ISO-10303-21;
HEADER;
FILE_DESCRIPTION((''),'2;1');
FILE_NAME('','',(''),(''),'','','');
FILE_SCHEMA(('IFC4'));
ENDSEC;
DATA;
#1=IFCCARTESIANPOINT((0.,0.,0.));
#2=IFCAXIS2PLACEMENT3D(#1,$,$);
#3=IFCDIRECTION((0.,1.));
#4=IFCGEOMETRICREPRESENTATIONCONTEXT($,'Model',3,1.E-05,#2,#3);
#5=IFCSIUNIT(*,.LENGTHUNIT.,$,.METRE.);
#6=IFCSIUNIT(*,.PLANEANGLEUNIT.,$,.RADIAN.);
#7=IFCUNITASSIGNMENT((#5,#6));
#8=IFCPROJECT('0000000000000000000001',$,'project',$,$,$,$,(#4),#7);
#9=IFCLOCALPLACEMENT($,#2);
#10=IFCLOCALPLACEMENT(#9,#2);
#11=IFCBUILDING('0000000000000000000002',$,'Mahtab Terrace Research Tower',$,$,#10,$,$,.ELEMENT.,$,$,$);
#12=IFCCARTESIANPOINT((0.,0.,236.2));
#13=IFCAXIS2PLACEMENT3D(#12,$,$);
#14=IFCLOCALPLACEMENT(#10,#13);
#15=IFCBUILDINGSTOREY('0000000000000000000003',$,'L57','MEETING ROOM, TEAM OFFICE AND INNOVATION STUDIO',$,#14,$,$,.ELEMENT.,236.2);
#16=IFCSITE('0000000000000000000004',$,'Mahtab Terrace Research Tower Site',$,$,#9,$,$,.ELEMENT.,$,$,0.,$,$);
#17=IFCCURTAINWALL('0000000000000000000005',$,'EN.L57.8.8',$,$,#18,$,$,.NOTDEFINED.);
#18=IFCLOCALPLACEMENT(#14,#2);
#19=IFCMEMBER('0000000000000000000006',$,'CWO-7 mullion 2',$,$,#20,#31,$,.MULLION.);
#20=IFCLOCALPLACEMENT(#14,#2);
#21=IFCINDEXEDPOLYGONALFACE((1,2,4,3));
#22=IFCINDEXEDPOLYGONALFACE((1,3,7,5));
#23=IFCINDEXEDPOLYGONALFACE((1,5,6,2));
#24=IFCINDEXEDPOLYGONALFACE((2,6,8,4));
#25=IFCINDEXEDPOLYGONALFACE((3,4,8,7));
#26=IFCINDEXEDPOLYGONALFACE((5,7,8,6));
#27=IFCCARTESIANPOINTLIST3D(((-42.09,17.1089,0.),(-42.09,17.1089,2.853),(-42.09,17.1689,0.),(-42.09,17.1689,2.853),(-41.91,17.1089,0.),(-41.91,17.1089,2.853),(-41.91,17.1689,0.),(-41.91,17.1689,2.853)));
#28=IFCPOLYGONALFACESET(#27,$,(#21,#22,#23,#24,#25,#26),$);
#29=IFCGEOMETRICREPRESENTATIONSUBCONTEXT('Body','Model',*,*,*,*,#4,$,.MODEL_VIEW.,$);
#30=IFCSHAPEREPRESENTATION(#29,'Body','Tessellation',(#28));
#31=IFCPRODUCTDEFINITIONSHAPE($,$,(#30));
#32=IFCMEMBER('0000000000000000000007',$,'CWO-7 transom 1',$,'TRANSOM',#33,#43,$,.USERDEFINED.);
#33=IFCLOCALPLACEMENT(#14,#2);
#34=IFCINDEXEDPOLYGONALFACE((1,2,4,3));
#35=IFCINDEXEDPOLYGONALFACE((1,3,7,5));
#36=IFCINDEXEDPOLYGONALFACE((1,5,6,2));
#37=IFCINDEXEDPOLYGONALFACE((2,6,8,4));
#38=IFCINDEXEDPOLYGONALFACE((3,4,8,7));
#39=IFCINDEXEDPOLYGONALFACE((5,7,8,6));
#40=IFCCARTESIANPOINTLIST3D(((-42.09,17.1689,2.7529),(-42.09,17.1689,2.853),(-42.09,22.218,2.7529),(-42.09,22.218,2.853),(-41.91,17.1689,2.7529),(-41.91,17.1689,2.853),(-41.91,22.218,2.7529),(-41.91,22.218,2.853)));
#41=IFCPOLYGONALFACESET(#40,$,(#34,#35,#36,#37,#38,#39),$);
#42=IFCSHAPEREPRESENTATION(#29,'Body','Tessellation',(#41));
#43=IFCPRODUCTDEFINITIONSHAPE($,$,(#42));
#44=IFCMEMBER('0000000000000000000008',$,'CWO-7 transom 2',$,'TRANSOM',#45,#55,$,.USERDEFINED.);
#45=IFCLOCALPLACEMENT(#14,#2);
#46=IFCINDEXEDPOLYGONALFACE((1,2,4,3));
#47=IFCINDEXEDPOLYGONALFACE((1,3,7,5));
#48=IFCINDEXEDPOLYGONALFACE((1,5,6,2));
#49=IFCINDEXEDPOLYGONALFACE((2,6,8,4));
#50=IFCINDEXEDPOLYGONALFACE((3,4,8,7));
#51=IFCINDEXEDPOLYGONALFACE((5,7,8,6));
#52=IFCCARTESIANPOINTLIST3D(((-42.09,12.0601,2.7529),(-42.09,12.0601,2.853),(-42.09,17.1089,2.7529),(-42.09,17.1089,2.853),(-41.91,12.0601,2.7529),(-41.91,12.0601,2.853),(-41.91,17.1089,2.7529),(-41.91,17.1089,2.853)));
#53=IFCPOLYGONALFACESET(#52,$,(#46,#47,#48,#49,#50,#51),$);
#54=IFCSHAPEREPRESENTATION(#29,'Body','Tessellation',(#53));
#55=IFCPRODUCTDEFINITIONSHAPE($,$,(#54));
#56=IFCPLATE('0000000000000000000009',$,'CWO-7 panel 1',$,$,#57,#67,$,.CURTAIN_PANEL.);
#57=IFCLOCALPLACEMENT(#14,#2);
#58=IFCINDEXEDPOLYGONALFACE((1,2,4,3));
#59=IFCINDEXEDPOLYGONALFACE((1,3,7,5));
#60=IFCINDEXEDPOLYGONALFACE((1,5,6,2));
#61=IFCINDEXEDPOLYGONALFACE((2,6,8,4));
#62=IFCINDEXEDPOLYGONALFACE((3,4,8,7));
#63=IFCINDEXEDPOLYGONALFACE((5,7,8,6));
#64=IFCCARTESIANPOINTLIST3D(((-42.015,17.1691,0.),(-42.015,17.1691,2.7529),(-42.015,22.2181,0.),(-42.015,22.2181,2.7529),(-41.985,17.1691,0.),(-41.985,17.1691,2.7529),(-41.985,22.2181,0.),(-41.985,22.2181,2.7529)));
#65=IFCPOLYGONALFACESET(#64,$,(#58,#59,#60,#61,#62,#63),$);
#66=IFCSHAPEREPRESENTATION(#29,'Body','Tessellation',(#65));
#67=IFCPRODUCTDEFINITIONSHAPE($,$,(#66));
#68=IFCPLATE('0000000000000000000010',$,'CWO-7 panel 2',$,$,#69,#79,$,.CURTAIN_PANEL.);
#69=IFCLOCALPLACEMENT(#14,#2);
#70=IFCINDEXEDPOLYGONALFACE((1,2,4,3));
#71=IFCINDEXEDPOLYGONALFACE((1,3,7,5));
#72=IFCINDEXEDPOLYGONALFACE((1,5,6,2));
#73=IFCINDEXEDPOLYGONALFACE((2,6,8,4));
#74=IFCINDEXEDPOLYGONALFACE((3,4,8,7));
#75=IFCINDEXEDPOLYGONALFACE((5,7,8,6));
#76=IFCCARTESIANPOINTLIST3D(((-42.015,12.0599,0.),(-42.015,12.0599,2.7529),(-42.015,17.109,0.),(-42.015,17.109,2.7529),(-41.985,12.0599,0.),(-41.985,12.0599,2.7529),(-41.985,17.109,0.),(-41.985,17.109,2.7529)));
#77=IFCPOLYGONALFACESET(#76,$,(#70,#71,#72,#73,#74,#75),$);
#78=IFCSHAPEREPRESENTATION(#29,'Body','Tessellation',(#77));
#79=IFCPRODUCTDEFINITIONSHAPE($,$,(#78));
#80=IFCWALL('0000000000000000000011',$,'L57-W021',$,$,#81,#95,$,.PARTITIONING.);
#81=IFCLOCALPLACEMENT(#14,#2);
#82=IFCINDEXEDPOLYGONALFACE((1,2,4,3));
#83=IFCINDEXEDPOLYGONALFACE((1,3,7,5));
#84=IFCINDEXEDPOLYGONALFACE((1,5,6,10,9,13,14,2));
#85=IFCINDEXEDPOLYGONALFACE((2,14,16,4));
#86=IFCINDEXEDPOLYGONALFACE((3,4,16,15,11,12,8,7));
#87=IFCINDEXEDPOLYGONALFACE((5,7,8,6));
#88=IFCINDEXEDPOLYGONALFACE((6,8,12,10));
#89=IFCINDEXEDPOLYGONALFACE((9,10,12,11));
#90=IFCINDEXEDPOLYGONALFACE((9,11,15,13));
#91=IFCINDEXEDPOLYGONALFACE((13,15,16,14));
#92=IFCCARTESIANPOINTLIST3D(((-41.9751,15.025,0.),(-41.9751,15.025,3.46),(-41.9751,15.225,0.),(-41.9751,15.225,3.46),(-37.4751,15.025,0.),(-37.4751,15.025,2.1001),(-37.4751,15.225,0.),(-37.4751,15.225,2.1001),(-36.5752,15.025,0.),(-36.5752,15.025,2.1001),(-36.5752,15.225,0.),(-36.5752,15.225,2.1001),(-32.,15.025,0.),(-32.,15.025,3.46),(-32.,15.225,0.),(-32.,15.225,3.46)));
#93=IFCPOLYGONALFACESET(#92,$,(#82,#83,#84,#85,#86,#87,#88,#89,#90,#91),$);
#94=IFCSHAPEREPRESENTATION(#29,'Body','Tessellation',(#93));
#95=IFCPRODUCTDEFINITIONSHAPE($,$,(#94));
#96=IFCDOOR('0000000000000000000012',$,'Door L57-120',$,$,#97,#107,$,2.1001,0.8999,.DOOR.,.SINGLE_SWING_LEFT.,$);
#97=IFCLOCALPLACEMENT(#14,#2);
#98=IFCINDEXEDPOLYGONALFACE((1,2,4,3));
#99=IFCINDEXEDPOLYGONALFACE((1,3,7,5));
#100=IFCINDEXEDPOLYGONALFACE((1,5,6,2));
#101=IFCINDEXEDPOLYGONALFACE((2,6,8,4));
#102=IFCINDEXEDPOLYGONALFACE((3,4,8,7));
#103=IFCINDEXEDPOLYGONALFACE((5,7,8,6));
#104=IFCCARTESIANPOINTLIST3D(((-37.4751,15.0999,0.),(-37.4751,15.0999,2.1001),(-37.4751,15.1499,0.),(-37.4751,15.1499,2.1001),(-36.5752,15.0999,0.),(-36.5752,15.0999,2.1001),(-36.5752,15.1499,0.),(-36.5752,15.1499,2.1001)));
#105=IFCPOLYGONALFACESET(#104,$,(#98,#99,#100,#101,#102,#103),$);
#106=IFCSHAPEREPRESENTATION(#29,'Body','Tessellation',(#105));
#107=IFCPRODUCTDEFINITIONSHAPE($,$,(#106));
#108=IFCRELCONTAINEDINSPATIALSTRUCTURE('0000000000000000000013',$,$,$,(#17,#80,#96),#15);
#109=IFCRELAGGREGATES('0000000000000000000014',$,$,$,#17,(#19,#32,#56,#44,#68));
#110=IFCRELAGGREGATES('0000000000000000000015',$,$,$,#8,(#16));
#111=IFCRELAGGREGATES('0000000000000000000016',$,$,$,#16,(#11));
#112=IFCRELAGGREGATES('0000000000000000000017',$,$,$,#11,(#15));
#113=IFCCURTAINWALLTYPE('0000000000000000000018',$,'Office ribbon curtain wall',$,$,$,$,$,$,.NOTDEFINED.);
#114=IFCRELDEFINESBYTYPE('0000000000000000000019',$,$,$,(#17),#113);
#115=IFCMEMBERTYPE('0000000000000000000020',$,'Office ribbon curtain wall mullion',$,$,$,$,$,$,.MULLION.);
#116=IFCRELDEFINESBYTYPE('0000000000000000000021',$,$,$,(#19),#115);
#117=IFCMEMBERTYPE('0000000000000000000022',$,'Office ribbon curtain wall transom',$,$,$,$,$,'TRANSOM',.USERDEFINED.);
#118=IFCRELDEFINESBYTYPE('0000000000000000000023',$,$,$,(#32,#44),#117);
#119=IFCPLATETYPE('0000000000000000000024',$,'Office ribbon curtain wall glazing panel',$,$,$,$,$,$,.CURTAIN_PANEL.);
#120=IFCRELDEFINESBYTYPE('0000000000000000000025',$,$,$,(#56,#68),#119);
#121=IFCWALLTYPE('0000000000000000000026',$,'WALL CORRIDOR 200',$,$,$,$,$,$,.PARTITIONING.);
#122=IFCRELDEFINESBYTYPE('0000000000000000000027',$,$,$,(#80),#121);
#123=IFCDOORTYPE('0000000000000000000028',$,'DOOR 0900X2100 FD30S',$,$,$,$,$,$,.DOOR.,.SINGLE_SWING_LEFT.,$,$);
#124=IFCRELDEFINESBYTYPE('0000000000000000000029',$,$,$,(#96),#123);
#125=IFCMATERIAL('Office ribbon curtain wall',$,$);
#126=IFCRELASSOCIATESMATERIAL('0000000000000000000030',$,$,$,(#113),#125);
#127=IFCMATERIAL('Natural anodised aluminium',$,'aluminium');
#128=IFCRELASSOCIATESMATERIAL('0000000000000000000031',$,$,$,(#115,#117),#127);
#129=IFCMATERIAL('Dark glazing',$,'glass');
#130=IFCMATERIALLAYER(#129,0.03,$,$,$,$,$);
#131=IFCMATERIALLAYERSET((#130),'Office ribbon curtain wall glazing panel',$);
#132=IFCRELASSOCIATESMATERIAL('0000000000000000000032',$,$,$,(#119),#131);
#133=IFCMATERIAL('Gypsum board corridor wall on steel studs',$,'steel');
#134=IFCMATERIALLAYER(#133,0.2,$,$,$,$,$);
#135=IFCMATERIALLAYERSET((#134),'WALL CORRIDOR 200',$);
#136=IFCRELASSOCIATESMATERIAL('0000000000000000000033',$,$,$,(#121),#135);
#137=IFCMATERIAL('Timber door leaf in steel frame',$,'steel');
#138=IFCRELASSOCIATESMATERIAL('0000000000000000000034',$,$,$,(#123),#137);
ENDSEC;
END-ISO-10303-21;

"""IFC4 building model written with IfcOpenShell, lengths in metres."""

from ifc_helpers import new_model, si_unit, direction, frame, frame_2d, origin, origin_2d, place, context, subcontext, project, spatial, rectangle, extrude, material, layer, layer_set, material_profile, profile_set, type_object, element, fill, aggregate, save


model = new_model("IFC4")

# Units and contexts
model_context = context("Model", 3, precision=1e-05, world=origin(), true_north=direction((0.0, 1.0)))
body_context = subcontext(model_context, "Body", "Model", "MODEL_VIEW")
ifc_project = project(units=[si_unit("LENGTHUNIT", "METRE"), si_unit("PLANEANGLEUNIT", "RADIAN")], contexts=[model_context])

# Site, building, storey
site_placement = place(None, origin())
site = spatial("IfcSite", under=ifc_project, at=site_placement, Name="Mahtab Terrace Research Tower Site", CompositionType="ELEMENT", RefElevation=0.0)
building_placement = place(site_placement, origin())
building = spatial("IfcBuilding", under=site, at=building_placement, Name="Mahtab Terrace Research Tower", CompositionType="ELEMENT")
storey_placement = place(building_placement, frame((0.0, 0.0, 236.2)))
storey = spatial("IfcBuildingStorey", under=building, at=storey_placement, Name="L57", Description="MEETING ROOM, TEAM OFFICE AND INNOVATION STUDIO", CompositionType="ELEMENT", Elevation=236.2)

# Curtain wall, members, plates
ifc_material_1 = material(Name="Office ribbon curtain wall")
curtain_wall_type = type_object("IfcCurtainWallType", Name="Office ribbon curtain wall", PredefinedType="NOTDEFINED", material=ifc_material_1)
curtain_wall_placement = place(storey_placement, origin())
curtain_wall = element("IfcCurtainWall", 1, at=curtain_wall_placement, inside=storey, type_object=curtain_wall_type, Name="EN.L57.8.8", PredefinedType="NOTDEFINED")
ifc_material_2 = material(Name="Natural anodised aluminium", Category="aluminium")
ifc_material_profile_1 = material_profile(ifc_material_2, rectangle(XDim=0.1799, YDim=0.0601, at=origin_2d()), Name="MULLION 60x180")
ifc_profile_set_1 = profile_set([ifc_material_profile_1], Name="Natural anodised aluminium")
member_type_1 = type_object("IfcMemberType", Name="Office ribbon curtain wall mullion", PredefinedType="MULLION", material=ifc_profile_set_1)
member_1_placement = place(storey_placement, frame((-42.0, 17.1389, 0.0), z_axis=(0.0, 0.0, 1.0), x_axis=(1.0, 0.0, 0.0)))
member_1 = element("IfcMember", 2, at=member_1_placement, type_object=member_type_1, Name="CWO-7 mullion 2", PredefinedType="MULLION", context=body_context, shape_type="SweptSolid", body=[
    extrude(rectangle(XDim=0.1799, YDim=0.0601, at=origin_2d()), origin(), (0.0, 0.0, 1.0), 2.853),
])
ifc_material_profile_2 = material_profile(ifc_material_2, rectangle(XDim=0.1799, YDim=0.1001, at=origin_2d()), Name="TRANSOM 100x180")
ifc_profile_set_2 = profile_set([ifc_material_profile_2], Name="Natural anodised aluminium")
member_type_2 = type_object("IfcMemberType", Name="Office ribbon curtain wall transom", ElementType="TRANSOM", PredefinedType="USERDEFINED", material=ifc_profile_set_2)
member_2_placement = place(storey_placement, frame((-42.0, 22.218, 2.803), z_axis=(0.0, -1.0, 0.0), x_axis=(1.0, 0.0, 0.0)))
member_2 = element("IfcMember", 3, at=member_2_placement, type_object=member_type_2, Name="CWO-7 transom 1", ObjectType="TRANSOM", PredefinedType="USERDEFINED", context=body_context, shape_type="SweptSolid", body=[
    extrude(rectangle(XDim=0.1799, YDim=0.1001, at=origin_2d()), origin(), (0.0, 0.0, 1.0), 5.0491),
])
member_3_placement = place(storey_placement, frame((-42.0, 17.1089, 2.803), z_axis=(0.0, -1.0, 0.0), x_axis=(1.0, 0.0, 0.0)))
member_3 = element("IfcMember", 4, at=member_3_placement, type_object=member_type_2, Name="CWO-7 transom 2", ObjectType="TRANSOM", PredefinedType="USERDEFINED", context=body_context, shape_type="SweptSolid", body=[
    extrude(rectangle(XDim=0.1799, YDim=0.1001, at=origin_2d()), origin(), (0.0, 0.0, 1.0), 5.0488),
])
ifc_material_3 = material(Name="Dark glazing", Category="glass")
ifc_layer_1 = layer(ifc_material_3, 0.03)
ifc_layer_set_1 = layer_set([ifc_layer_1], Name="Office ribbon curtain wall glazing panel")
plate_type = type_object("IfcPlateType", Name="Office ribbon curtain wall glazing panel", PredefinedType="CURTAIN_PANEL", material=ifc_layer_set_1)
plate_1_placement = place(storey_placement, frame((-42.0, 19.6936, 0.0), z_axis=(0.0, 0.0, 1.0), x_axis=(0.0, -1.0, 0.0)))
plate_1 = element("IfcPlate", 5, at=plate_1_placement, type_object=plate_type, Name="CWO-7 panel 1", PredefinedType="CURTAIN_PANEL", context=body_context, shape_type="SweptSolid", body=[
    extrude(rectangle(XDim=5.0491, YDim=0.03, at=origin_2d()), origin(), (0.0, 0.0, 1.0), 2.7529),
])
plate_2_placement = place(storey_placement, frame((-42.0, 14.5845, 0.0), z_axis=(0.0, 0.0, 1.0), x_axis=(0.0, -1.0, 0.0)))
plate_2 = element("IfcPlate", 6, at=plate_2_placement, type_object=plate_type, Name="CWO-7 panel 2", PredefinedType="CURTAIN_PANEL", context=body_context, shape_type="SweptSolid", body=[
    extrude(rectangle(XDim=5.0491, YDim=0.03, at=origin_2d()), origin(), (0.0, 0.0, 1.0), 2.7529),
])
aggregate(curtain_wall, [member_1, member_2, plate_1, member_3, plate_2])

# Wall, opening, door
ifc_material_4 = material(Name="Gypsum board corridor wall on steel studs", Category="steel")
ifc_layer_2 = layer(ifc_material_4, 0.2)
ifc_layer_set_2 = layer_set([ifc_layer_2], Name="WALL CORRIDOR 200")
wall_type = type_object("IfcWallType", Name="WALL CORRIDOR 200", PredefinedType="PARTITIONING", material=ifc_layer_set_2)
wall_1_placement = place(storey_placement, frame((-41.9751, 15.125, 0.0), z_axis=(0.0, 0.0, 1.0), x_axis=(1.0, 0.0, 0.0)))
wall_1 = element("IfcWall", 7, at=wall_1_placement, inside=storey, type_object=wall_type, Name="L57-W021", PredefinedType="PARTITIONING", context=body_context, shape_type="SweptSolid", body=[
    extrude(rectangle(XDim=9.9751, YDim=0.2, at=frame_2d((4.9875, 0.0))), origin(), (0.0, 0.0, 1.0), 3.46),
])
opening_1_placement = place(wall_1_placement, frame((4.5, 0.0, 0.0)))
opening_1 = element("IfcOpeningElement", 8, at=opening_1_placement, cuts=wall_1, PredefinedType="OPENING", context=body_context, shape_type="SweptSolid", body=[
    extrude(rectangle(XDim=0.8999, YDim=2.1001, at=frame_2d((0.45, 1.05))), frame((0.0, 0.1099, 0.0), z_axis=(0.0, -1.0, 0.0), x_axis=(1.0, 0.0, 0.0)), (0.0, 0.0, 1.0), 0.22),
])
ifc_material_5 = material(Name="Timber door leaf in steel frame", Category="steel")
door_type_1 = type_object("IfcDoorType", Name="DOOR 0900X2100 FD30S", OperationType="SINGLE_SWING_LEFT", PredefinedType="DOOR", material=ifc_material_5)
door_1_placement = place(opening_1_placement, origin())
door_1 = element("IfcDoor", 9, at=door_1_placement, inside=storey, type_object=door_type_1, Name="Door L57-120", OperationType="SINGLE_SWING_LEFT", OverallHeight=2.1001, OverallWidth=0.8999, PredefinedType="DOOR", context=body_context, shape_type="SweptSolid", body=[
    extrude(rectangle(XDim=0.8999, YDim=2.1001, at=frame_2d((0.45, 1.05))), frame((0.0, 0.0249, 0.0), z_axis=(0.0, -1.0, 0.0), x_axis=(1.0, 0.0, 0.0)), (0.0, 0.0, 1.0), 0.05),
])
fill(opening_1, door_1)

save(model, "model.ifc")
